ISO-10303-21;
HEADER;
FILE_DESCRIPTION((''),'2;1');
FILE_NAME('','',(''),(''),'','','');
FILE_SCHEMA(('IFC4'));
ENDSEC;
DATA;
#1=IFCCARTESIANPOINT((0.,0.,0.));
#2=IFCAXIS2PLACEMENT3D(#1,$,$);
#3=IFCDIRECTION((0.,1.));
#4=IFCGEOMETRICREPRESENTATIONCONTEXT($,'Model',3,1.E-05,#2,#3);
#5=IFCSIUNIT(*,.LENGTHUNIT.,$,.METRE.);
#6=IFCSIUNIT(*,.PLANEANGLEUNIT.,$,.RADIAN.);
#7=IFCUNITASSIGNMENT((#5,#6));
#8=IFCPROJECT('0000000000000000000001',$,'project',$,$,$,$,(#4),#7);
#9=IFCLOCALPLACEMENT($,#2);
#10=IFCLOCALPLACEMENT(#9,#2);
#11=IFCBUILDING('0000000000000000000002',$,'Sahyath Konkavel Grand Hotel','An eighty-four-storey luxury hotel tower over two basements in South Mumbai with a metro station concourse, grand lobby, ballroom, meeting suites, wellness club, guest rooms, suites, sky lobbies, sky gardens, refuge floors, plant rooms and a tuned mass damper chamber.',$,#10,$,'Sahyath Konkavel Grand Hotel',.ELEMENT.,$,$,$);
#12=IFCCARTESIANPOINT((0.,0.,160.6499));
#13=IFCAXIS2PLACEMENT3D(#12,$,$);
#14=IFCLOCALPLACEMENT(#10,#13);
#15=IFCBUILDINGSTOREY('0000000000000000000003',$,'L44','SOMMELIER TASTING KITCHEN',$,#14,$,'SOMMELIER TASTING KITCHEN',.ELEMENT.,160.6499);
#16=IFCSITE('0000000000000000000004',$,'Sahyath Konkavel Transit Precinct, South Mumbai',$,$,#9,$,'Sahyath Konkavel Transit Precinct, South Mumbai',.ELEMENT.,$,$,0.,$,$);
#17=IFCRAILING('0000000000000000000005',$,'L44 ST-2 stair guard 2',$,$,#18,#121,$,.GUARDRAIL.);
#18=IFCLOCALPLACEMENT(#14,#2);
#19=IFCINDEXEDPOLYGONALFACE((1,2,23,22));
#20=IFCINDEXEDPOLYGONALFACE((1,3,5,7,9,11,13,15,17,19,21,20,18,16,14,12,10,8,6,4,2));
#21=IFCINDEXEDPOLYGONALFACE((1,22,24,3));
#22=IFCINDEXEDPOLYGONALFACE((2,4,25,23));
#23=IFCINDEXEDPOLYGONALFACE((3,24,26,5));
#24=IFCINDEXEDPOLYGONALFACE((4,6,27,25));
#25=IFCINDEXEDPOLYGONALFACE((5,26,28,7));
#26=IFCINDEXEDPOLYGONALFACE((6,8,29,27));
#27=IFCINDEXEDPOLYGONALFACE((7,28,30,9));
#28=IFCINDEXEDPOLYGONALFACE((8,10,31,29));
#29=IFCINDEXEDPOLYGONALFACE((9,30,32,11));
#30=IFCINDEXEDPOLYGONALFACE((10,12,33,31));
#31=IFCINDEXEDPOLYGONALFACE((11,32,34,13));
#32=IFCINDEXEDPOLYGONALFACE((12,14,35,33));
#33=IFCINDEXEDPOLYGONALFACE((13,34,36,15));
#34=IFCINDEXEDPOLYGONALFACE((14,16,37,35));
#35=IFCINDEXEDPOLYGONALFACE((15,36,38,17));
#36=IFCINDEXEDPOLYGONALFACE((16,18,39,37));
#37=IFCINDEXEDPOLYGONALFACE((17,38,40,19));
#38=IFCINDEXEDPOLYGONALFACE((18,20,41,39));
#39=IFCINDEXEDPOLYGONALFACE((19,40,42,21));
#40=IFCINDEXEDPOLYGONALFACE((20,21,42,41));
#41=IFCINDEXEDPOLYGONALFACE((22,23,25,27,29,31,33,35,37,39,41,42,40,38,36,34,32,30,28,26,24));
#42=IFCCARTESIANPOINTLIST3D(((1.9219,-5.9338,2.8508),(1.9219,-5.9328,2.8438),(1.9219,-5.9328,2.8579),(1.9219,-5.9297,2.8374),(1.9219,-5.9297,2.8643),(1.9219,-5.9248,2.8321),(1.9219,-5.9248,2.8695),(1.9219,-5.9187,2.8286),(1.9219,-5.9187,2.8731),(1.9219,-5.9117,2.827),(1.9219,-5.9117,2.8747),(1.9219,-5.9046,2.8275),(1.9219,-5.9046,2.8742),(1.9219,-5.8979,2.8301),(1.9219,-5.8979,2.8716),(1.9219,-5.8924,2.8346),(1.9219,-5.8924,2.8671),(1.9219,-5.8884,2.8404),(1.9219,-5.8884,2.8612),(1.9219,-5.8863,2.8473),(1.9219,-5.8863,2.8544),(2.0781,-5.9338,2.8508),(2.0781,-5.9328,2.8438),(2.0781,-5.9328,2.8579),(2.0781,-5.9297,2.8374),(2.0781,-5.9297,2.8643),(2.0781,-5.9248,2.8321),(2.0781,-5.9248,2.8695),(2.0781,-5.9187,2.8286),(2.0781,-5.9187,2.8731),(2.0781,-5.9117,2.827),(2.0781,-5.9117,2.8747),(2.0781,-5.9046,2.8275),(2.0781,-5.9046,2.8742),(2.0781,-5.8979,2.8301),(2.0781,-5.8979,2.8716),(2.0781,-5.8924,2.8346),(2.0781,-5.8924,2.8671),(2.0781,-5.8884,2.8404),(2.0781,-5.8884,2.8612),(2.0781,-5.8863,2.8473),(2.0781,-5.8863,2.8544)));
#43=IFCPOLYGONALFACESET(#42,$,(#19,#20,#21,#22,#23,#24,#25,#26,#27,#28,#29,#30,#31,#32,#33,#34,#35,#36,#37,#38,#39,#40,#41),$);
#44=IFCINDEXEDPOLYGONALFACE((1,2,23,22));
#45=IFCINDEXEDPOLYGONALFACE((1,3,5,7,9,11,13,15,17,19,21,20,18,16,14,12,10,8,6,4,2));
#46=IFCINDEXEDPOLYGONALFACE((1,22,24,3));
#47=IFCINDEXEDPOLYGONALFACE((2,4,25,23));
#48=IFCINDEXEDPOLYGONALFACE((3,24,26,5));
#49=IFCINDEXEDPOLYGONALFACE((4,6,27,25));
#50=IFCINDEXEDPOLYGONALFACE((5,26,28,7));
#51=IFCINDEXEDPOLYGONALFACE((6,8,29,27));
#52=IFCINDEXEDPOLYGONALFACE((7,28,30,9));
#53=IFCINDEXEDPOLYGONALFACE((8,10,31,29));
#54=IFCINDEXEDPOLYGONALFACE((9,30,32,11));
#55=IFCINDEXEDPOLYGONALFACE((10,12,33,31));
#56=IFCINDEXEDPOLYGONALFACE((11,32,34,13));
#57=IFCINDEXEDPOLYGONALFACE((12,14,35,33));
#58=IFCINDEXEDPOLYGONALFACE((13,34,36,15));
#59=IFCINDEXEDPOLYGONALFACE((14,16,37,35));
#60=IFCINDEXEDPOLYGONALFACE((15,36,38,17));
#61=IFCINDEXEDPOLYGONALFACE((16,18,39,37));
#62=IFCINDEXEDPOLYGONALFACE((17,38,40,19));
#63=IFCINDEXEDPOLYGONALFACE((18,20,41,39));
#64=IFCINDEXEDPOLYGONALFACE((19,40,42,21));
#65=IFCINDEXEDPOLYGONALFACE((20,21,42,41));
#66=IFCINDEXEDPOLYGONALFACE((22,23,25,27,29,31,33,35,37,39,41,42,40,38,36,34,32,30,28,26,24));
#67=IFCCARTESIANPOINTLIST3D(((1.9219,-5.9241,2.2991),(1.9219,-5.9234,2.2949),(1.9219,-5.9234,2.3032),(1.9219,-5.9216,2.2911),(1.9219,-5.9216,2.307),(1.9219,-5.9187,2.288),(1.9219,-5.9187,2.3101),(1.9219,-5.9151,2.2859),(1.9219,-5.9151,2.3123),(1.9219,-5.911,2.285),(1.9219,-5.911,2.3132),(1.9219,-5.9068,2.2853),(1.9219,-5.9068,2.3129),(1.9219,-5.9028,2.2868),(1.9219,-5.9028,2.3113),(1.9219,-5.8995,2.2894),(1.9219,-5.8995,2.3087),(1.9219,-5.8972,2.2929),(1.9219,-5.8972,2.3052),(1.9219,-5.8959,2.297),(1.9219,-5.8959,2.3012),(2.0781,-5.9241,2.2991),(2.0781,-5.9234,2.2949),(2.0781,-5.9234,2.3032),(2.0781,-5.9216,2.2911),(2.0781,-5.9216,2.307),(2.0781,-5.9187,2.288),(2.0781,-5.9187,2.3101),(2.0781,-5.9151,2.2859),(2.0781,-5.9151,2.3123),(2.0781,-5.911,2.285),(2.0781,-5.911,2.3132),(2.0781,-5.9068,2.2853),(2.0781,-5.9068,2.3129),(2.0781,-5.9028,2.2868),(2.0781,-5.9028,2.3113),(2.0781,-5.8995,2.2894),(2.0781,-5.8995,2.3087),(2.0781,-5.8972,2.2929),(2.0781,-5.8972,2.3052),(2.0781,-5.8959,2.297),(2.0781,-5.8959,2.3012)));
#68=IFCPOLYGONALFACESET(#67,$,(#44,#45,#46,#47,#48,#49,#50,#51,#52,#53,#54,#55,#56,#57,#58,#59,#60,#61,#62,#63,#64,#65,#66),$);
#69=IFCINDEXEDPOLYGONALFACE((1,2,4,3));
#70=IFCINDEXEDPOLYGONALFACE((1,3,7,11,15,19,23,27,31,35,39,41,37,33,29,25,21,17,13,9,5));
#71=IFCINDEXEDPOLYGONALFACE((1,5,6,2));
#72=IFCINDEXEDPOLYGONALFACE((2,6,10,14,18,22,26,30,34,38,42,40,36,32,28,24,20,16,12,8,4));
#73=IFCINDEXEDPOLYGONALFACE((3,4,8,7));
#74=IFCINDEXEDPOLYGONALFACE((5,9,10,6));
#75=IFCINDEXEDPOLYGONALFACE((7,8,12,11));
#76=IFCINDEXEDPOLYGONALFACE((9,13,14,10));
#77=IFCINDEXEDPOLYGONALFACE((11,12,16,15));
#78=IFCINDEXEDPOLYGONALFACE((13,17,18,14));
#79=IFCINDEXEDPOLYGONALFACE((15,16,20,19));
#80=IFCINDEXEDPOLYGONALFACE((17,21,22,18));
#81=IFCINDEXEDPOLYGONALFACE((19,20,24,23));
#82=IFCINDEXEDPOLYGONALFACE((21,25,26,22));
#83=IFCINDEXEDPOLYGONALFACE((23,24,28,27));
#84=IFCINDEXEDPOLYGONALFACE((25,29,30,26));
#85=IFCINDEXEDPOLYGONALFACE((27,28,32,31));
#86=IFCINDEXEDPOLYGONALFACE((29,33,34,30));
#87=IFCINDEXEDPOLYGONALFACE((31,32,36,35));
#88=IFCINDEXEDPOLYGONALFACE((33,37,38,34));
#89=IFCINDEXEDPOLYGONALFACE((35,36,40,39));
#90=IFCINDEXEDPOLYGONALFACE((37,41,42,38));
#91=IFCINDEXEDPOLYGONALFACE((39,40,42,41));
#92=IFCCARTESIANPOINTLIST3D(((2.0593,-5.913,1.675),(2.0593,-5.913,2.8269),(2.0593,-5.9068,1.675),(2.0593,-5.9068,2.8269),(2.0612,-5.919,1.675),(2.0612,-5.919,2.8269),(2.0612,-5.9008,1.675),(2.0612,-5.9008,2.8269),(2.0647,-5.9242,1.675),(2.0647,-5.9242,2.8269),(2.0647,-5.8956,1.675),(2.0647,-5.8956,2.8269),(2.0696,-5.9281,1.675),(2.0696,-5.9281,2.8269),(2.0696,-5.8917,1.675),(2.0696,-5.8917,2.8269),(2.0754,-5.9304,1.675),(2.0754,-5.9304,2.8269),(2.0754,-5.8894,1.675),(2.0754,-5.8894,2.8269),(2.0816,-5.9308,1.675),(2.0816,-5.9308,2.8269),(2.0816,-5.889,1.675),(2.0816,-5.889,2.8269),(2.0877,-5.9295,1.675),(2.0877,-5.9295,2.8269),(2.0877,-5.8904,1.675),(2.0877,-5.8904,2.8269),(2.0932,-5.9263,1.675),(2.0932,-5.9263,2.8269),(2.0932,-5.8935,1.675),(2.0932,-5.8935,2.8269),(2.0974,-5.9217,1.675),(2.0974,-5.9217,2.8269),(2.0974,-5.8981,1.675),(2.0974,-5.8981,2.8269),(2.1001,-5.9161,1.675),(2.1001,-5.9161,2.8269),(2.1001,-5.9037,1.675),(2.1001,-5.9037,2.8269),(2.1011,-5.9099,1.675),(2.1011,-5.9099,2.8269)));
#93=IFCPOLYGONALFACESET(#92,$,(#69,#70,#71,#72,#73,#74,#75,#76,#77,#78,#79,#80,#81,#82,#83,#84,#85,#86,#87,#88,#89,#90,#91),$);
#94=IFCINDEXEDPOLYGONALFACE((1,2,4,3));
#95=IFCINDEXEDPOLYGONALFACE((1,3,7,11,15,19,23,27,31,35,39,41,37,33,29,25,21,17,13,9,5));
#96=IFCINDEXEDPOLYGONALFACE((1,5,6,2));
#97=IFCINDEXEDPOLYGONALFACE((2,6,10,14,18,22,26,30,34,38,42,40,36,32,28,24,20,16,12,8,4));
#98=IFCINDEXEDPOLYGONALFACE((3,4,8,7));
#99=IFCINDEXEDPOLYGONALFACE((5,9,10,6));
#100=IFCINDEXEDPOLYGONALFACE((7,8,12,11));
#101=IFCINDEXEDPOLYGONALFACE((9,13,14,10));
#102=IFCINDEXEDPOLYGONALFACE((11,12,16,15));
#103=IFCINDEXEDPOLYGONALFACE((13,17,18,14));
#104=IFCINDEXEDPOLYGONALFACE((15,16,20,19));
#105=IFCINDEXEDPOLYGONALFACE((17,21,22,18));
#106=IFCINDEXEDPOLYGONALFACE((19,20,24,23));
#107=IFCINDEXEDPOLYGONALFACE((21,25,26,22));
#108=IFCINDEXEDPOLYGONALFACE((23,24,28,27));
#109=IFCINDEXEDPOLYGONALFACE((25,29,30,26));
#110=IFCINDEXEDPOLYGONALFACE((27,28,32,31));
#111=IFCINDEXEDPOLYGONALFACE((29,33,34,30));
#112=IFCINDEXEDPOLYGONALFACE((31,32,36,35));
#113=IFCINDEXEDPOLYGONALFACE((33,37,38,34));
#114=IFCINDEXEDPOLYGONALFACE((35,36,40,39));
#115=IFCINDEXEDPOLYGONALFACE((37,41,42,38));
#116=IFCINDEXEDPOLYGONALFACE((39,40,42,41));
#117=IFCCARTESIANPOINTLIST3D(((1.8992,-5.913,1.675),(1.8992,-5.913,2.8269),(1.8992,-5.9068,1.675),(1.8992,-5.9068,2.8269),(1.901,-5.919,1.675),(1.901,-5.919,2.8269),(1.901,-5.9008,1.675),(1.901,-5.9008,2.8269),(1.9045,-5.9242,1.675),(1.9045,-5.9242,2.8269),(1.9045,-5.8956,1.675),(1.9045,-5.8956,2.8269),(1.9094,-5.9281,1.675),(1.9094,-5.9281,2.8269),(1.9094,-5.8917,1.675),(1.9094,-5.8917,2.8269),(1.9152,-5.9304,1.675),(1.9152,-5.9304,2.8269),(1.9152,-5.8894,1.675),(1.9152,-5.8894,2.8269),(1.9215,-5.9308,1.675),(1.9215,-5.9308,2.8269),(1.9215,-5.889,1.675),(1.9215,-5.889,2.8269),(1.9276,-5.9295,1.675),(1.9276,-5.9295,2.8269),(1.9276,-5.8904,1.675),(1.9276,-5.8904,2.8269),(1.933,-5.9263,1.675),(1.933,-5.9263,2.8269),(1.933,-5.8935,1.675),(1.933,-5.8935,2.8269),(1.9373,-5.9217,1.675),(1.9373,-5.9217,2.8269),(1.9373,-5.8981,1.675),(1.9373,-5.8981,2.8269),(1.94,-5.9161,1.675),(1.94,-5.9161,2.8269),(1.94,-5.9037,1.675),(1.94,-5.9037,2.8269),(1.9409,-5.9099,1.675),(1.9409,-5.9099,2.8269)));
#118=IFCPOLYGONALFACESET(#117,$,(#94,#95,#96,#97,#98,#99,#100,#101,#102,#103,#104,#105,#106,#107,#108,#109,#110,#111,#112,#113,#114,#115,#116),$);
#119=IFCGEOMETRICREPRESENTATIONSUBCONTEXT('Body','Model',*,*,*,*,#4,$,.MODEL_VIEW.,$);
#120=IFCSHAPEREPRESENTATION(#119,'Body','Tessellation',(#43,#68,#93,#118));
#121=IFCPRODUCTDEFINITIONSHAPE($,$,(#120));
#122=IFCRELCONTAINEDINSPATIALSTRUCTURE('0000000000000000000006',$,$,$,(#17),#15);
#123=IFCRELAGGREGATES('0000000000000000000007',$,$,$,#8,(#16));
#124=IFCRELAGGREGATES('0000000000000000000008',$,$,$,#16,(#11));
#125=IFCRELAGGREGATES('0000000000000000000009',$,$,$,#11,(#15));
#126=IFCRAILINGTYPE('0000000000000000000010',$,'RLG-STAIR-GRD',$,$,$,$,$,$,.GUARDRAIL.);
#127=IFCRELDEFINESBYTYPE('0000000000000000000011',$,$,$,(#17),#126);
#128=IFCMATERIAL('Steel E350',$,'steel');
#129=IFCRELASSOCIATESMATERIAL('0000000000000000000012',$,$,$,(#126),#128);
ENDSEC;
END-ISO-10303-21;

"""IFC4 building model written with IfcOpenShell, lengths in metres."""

from ifc_helpers import new_model, si_unit, direction, frame, origin, origin_2d, place, context, subcontext, project, spatial, circle, extrude, material, type_object, element, save


model = new_model("IFC4")

# Units and contexts
model_context = context("Model", 3, precision=1e-05, world=origin(), true_north=direction((0.0, 1.0)))
body_context = subcontext(model_context, "Body", "Model", "MODEL_VIEW")
ifc_project = project(units=[si_unit("LENGTHUNIT", "METRE"), si_unit("PLANEANGLEUNIT", "RADIAN")], contexts=[model_context])

# Site, building, storey
site_placement = place(None, origin())
site = spatial("IfcSite", under=ifc_project, at=site_placement, Name="Sahyath Konkavel Transit Precinct, South Mumbai", LongName="Sahyath Konkavel Transit Precinct, South Mumbai", CompositionType="ELEMENT", RefElevation=0.0)
building_placement = place(site_placement, origin())
building = spatial("IfcBuilding", under=site, at=building_placement, Name="Sahyath Konkavel Grand Hotel", Description="An eighty-four-storey luxury hotel tower over two basements in South Mumbai with a metro station concourse, grand lobby, ballroom, meeting suites, wellness club, guest rooms, suites, sky lobbies, sky gardens, refuge floors, plant rooms and a tuned mass damper chamber.", LongName="Sahyath Konkavel Grand Hotel", CompositionType="ELEMENT")
storey_placement = place(building_placement, frame((0.0, 0.0, 160.6499)))
storey = spatial("IfcBuildingStorey", under=building, at=storey_placement, Name="L44", Description="SOMMELIER TASTING KITCHEN", LongName="SOMMELIER TASTING KITCHEN", CompositionType="ELEMENT", Elevation=160.6499)

# Shared definitions
ifc_material_1 = material(Name="Steel E350", Category="steel")

# Railing
railing_type_1 = type_object("IfcRailingType", Name="RLG-STAIR-GRD", PredefinedType="GUARDRAIL", material=ifc_material_1)
railing_1_placement = place(storey_placement, frame((2.0801, -5.9099, 1.675)))
element("IfcRailing", 1, at=railing_1_placement, inside=storey, type_object=railing_type_1, Name="L44 ST-2 stair guard 2", PredefinedType="GUARDRAIL", context=body_context, shape_type="SweptSolid", body=[
    extrude(circle(Radius=0.0239, at=origin_2d()), frame((-0.002, 0.0, 1.1758), z_axis=(-1.0, 0.0, 0.0), x_axis=(0.0, -1.0, 0.0)), (0.0, 0.0, 1.0), 0.1562),
    extrude(circle(Radius=0.0142, at=origin_2d()), frame((-0.002, 0.0, 0.624), z_axis=(-1.0, 0.0, 0.0), x_axis=(0.0, -1.0, 0.0)), (0.0, 0.0, 1.0), 0.1562),
    extrude(circle(Radius=0.021, at=origin_2d()), origin(), (0.0, 0.0, 1.0), 1.1519),
    extrude(circle(Radius=0.021, at=origin_2d()), frame((-0.1602, 0.0, 0.0)), (0.0, 0.0, 1.0), 1.1519),
])

save(model, "model.ifc")
